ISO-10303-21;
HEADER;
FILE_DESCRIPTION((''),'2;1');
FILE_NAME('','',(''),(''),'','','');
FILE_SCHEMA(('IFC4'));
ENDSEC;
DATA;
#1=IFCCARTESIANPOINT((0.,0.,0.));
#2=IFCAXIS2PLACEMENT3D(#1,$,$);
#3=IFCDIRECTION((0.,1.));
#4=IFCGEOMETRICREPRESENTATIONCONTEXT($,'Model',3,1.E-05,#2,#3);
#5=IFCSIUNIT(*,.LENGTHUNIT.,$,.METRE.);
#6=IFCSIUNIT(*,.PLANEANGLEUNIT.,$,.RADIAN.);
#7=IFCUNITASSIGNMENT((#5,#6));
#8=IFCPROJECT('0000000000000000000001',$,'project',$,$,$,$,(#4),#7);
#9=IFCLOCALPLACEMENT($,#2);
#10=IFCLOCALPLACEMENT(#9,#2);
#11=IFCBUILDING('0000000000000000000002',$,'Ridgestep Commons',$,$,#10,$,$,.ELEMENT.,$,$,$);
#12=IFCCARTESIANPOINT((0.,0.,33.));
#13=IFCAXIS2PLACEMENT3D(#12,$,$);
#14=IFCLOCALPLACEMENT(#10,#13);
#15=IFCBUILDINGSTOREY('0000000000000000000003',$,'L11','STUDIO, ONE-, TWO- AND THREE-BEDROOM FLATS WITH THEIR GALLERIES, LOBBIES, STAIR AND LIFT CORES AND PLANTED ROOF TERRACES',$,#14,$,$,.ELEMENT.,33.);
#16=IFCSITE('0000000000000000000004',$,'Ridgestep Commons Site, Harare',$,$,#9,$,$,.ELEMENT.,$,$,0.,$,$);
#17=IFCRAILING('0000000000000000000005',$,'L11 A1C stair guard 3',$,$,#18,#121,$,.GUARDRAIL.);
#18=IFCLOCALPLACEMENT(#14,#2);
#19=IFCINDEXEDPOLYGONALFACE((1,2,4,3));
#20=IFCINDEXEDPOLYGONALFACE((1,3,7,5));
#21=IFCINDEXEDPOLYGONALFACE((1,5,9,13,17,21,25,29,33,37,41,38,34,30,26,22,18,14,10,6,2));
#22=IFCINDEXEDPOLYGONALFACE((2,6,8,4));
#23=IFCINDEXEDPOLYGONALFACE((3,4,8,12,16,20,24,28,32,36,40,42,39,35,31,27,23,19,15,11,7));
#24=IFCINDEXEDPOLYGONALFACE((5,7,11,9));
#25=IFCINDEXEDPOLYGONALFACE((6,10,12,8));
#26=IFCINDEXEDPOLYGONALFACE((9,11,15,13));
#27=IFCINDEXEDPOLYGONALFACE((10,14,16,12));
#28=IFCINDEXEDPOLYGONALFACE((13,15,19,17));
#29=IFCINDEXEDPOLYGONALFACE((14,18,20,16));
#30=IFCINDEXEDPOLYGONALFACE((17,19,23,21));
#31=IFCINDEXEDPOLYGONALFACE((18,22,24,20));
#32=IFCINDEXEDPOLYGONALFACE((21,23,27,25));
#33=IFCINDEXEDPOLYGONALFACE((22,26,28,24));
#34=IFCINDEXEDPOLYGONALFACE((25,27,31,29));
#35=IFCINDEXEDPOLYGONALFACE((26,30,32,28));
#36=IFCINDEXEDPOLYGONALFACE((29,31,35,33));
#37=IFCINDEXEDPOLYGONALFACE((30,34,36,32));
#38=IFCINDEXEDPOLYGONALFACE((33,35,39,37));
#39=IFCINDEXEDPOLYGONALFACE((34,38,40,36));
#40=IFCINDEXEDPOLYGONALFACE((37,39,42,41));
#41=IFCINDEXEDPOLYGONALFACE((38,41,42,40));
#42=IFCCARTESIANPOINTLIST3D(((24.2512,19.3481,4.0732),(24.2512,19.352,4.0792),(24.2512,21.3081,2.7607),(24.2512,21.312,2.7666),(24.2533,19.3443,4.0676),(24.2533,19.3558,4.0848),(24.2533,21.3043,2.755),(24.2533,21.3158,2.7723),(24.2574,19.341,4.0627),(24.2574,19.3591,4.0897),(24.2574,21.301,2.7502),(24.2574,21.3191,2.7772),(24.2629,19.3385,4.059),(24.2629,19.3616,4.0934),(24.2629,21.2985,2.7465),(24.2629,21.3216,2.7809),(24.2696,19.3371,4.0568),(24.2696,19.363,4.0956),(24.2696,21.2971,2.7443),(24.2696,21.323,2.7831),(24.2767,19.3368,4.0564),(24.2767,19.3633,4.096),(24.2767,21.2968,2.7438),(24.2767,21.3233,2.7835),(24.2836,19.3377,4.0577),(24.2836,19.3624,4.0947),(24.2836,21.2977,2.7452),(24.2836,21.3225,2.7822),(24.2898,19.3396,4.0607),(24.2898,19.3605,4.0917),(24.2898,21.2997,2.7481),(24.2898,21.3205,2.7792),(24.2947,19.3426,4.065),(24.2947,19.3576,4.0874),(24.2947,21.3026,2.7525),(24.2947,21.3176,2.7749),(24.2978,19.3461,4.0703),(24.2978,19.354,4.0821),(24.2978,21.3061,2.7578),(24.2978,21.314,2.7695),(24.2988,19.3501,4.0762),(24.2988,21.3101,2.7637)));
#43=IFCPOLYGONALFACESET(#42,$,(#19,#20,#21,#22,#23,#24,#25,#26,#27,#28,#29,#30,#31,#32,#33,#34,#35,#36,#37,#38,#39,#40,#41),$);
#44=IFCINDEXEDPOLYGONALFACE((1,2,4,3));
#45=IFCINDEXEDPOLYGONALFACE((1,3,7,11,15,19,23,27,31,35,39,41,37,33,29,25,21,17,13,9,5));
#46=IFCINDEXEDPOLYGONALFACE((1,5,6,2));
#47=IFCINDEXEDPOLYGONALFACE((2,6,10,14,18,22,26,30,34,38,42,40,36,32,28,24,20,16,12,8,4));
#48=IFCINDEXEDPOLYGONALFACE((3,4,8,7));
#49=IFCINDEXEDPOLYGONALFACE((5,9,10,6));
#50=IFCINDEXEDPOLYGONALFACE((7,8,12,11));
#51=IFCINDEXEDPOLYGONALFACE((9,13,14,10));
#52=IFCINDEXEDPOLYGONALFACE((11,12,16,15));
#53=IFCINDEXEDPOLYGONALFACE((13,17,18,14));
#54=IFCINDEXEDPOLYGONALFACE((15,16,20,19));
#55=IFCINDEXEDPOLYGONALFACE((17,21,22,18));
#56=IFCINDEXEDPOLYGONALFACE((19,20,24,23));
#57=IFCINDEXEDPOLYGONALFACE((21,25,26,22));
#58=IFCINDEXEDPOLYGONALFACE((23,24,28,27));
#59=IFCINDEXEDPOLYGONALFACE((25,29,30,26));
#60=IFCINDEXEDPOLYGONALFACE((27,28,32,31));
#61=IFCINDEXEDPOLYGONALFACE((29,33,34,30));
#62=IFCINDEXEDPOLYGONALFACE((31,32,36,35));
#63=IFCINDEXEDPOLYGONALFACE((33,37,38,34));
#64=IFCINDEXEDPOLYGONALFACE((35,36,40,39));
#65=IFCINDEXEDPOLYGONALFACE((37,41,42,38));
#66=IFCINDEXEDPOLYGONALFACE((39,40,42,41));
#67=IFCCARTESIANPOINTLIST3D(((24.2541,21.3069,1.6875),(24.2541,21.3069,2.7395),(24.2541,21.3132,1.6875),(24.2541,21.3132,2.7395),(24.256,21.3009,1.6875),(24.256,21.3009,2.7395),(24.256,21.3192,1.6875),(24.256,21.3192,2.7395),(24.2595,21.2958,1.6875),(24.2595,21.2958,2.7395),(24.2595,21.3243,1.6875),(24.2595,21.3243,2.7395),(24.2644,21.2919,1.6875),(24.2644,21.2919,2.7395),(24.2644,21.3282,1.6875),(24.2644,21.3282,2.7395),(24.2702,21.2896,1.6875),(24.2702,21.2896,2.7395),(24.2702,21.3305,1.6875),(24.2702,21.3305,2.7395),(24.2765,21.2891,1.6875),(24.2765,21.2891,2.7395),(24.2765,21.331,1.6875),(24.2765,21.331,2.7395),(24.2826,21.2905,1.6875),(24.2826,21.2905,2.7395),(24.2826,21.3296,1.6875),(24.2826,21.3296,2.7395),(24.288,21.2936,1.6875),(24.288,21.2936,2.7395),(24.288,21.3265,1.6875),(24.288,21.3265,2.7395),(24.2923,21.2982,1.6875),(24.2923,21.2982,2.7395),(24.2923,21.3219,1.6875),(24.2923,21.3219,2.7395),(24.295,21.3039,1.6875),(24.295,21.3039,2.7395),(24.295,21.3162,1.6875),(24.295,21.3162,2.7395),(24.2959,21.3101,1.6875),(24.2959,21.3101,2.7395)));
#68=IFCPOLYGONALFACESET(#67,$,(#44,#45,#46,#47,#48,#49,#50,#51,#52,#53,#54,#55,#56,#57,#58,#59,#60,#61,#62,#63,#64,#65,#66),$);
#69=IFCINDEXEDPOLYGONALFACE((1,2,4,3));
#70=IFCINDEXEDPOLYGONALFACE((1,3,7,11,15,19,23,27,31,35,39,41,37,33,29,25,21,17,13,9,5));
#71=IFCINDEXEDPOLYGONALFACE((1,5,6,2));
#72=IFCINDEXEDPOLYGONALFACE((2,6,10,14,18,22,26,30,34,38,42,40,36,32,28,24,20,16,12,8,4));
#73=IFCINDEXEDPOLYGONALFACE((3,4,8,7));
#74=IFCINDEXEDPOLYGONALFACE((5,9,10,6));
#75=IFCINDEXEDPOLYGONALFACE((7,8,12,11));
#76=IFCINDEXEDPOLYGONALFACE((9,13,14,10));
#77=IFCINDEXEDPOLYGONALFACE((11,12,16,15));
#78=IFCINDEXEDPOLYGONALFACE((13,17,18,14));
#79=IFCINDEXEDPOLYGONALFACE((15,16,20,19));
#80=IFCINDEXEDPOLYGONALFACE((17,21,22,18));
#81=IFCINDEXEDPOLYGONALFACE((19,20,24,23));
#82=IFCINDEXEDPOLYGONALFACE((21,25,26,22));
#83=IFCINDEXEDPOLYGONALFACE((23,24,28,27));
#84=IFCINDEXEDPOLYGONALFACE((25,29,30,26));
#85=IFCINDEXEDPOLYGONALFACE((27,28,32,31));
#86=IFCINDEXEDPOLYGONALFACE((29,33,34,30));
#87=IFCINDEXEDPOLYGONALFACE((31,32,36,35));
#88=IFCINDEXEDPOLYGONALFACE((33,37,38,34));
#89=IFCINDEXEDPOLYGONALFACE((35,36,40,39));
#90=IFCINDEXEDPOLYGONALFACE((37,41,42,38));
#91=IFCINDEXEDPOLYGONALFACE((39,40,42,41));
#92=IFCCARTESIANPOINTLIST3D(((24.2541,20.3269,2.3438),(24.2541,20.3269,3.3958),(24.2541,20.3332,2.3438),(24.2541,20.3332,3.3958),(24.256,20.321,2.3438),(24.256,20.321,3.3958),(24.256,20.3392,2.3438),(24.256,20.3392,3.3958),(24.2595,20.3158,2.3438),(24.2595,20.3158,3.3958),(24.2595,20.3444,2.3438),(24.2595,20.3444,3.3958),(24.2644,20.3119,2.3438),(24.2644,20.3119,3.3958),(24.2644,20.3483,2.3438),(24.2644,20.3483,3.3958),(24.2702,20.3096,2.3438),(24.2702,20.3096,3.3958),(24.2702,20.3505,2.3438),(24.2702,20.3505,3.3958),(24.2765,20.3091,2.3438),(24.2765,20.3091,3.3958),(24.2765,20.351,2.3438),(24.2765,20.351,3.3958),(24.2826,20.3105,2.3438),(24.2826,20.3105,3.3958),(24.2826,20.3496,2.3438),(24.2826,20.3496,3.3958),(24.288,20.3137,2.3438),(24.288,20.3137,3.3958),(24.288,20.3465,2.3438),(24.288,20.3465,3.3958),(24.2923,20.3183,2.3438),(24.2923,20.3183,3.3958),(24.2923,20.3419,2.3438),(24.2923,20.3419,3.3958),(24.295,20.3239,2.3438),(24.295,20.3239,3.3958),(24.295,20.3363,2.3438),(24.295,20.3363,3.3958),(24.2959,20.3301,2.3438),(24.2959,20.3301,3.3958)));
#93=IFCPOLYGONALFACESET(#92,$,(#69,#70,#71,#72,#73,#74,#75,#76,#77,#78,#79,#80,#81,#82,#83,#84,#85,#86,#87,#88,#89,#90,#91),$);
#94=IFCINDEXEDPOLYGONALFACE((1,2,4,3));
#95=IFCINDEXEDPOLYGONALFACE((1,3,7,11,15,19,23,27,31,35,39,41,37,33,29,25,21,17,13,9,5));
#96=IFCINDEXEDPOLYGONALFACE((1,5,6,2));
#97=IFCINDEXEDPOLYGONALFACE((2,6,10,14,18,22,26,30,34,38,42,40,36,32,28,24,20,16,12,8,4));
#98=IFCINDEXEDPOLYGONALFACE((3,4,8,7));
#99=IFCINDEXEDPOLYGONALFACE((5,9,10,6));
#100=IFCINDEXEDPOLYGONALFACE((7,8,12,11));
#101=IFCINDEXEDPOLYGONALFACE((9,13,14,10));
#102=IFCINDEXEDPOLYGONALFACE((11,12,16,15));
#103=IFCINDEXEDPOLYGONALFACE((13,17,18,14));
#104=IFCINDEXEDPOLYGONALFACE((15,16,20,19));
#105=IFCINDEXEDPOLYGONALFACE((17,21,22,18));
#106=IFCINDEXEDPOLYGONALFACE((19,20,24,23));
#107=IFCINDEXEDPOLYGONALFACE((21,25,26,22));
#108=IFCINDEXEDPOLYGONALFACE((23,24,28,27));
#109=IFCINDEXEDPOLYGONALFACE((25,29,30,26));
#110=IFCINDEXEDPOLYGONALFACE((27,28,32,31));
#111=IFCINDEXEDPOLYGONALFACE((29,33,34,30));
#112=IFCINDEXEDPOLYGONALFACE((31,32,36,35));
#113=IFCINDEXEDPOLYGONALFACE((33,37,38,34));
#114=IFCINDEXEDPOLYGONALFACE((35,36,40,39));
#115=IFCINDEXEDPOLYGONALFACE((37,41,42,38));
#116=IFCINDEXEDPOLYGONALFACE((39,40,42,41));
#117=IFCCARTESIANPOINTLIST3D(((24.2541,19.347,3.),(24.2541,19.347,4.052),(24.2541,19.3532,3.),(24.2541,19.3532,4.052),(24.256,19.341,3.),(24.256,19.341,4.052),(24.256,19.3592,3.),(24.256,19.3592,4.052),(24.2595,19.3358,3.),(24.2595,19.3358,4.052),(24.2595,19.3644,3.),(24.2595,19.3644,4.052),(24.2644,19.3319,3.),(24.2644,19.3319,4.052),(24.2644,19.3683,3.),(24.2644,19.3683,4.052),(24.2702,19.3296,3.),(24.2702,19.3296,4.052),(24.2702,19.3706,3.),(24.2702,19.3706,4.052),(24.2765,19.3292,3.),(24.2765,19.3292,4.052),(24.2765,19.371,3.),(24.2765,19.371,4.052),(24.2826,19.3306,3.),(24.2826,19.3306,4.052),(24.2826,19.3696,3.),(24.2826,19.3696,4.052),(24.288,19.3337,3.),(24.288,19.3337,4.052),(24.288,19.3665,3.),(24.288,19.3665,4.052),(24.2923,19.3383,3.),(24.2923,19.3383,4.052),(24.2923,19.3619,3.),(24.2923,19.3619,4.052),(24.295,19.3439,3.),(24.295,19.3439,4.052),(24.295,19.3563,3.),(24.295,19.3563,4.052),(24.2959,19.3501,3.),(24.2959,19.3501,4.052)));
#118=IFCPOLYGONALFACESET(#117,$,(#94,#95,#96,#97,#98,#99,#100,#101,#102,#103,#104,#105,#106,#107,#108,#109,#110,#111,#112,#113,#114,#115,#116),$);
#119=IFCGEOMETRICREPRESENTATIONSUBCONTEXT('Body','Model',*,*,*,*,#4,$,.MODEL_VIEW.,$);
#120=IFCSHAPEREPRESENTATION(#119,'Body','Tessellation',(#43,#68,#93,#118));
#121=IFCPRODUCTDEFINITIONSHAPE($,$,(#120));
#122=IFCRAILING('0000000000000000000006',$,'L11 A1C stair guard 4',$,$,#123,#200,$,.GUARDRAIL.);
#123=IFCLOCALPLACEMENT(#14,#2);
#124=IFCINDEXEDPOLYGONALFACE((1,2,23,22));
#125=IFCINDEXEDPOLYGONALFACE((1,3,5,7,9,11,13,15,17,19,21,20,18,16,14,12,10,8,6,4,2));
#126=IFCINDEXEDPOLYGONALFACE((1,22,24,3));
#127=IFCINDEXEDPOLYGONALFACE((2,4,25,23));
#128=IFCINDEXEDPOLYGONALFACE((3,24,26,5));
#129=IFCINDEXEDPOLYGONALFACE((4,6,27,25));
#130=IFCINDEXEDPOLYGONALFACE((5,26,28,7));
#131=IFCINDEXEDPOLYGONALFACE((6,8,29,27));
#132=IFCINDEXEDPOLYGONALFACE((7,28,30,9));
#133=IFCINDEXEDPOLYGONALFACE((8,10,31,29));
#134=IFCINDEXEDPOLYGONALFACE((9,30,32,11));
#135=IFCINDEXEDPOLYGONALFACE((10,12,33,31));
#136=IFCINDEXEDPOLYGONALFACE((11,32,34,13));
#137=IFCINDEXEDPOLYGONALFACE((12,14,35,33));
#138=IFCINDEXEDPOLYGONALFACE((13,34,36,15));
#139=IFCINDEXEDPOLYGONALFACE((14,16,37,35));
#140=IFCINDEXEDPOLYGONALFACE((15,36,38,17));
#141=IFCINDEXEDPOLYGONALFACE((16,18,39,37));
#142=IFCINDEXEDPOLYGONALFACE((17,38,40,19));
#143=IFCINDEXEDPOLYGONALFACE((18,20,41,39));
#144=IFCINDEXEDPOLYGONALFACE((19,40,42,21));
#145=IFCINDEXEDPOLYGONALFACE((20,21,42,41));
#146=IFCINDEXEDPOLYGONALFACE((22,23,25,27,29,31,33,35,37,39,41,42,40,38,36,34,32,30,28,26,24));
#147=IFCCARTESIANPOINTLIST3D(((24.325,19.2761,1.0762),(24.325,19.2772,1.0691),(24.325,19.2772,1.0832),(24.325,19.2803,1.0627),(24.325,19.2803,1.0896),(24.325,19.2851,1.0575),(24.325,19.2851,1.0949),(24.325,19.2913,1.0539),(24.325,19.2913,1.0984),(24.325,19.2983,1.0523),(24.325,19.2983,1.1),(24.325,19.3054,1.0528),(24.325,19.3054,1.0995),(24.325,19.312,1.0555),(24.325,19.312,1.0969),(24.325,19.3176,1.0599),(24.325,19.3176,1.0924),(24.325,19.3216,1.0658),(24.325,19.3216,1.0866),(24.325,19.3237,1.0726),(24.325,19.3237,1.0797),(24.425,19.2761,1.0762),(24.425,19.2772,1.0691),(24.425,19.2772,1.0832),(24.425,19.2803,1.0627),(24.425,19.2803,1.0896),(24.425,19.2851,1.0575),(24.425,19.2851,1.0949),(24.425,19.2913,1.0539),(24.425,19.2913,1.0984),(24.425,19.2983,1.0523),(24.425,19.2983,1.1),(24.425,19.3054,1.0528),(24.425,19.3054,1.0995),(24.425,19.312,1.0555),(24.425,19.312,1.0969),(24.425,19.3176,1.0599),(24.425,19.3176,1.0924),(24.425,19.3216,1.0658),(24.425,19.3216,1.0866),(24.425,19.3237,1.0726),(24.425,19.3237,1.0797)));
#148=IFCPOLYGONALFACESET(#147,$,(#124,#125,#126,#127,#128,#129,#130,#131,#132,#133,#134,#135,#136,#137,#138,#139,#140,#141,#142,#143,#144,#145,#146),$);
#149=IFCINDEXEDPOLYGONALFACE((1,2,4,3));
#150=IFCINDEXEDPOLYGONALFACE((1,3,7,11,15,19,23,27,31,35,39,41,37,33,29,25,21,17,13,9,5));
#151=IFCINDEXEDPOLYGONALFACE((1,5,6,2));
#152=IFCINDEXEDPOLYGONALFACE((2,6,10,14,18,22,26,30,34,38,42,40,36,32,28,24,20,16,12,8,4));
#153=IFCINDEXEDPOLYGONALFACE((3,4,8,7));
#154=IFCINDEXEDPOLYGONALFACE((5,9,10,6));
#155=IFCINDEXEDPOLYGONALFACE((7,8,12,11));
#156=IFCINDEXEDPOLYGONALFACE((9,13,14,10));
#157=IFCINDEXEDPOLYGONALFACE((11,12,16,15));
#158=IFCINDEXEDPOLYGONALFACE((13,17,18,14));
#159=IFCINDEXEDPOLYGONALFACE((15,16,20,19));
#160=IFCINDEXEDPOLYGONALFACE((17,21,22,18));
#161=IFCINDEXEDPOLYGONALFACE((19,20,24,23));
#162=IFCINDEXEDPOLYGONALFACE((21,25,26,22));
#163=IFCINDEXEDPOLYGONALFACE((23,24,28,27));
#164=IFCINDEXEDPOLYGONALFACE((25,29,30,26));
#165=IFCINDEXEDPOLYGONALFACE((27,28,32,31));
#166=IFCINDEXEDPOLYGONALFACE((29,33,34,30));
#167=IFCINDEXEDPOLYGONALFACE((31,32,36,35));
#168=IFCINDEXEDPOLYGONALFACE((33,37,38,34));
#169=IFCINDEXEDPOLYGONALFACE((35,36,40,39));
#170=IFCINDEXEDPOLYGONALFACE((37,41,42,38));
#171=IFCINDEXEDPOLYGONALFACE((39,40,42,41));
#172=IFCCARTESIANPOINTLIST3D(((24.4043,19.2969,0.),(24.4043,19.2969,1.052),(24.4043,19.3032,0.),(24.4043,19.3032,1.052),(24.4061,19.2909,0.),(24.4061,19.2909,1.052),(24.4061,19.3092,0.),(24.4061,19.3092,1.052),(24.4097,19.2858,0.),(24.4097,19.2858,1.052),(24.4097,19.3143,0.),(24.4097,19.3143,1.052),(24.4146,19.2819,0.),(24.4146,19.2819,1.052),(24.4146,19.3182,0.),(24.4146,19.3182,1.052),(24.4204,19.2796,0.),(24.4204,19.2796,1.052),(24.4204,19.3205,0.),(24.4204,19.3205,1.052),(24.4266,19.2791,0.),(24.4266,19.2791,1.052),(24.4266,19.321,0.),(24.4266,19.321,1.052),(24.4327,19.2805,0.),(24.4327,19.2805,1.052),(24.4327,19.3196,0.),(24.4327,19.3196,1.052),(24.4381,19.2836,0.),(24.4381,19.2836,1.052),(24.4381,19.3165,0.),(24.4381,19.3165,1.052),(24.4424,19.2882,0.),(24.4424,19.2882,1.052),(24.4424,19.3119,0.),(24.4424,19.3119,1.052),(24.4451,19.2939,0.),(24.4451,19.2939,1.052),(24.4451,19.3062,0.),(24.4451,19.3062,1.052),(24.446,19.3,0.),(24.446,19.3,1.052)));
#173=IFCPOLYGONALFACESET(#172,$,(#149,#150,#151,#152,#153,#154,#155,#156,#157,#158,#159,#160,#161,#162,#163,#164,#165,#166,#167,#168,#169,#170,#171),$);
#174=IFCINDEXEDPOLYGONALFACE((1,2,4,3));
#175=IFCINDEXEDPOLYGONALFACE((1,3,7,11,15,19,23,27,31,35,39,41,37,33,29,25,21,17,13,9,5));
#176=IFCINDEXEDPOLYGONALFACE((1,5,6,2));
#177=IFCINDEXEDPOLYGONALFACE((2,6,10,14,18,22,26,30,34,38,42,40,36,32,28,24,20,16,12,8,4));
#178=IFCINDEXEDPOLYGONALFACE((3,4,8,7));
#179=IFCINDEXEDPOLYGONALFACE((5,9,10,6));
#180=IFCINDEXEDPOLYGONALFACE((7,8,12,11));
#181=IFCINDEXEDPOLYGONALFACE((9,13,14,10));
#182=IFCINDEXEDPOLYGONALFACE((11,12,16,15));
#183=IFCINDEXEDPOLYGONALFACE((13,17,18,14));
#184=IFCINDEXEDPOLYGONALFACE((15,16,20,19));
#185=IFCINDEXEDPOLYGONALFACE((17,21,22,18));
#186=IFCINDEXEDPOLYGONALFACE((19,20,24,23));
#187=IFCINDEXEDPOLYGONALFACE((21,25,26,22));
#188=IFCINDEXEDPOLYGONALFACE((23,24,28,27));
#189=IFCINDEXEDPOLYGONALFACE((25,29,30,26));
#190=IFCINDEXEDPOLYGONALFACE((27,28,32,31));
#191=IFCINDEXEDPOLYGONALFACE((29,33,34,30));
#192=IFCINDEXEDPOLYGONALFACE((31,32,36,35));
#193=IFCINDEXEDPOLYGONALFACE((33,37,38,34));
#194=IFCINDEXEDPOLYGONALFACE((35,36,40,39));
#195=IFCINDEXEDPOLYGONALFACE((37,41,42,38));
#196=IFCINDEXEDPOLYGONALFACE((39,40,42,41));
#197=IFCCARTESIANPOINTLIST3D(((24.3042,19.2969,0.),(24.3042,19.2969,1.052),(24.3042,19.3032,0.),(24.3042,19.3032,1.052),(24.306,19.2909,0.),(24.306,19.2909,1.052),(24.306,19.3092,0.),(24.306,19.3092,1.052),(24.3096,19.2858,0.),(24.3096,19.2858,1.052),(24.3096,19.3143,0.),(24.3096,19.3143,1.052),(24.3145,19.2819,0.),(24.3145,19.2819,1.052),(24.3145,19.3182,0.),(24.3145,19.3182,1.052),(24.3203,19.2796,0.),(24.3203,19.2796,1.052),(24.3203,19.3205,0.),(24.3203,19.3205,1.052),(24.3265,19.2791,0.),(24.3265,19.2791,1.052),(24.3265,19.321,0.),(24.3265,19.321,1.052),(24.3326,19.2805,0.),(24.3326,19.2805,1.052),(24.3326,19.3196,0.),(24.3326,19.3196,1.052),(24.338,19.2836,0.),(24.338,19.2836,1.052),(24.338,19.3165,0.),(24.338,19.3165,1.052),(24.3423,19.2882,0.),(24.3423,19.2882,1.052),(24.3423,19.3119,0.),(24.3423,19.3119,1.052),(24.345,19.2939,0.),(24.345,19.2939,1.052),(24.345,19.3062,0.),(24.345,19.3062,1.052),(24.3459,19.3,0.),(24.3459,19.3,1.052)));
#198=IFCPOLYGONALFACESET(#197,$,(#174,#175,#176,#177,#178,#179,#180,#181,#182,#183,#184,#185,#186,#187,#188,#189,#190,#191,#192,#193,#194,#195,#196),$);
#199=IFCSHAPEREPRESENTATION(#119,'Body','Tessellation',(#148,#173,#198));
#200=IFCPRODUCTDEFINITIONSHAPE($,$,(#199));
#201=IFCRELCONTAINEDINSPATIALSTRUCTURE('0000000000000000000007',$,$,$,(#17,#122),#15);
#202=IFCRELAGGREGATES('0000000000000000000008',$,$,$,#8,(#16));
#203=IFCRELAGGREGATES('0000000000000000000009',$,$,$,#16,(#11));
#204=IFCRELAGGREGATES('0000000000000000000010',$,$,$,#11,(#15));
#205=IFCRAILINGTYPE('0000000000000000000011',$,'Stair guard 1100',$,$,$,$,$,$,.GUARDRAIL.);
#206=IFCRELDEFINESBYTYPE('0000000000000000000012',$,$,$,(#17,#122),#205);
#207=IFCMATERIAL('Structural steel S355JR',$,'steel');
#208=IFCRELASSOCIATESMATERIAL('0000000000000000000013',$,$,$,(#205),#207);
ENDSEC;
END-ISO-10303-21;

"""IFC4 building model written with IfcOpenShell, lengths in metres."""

from ifc_helpers import new_model, si_unit, direction, frame, origin, origin_2d, place, context, subcontext, project, spatial, circle, extrude, material, type_object, element, save


model = new_model("IFC4")

# Units and contexts
model_context = context("Model", 3, precision=1e-05, world=origin(), true_north=direction((0.0, 1.0)))
body_context = subcontext(model_context, "Body", "Model", "MODEL_VIEW")
ifc_project = project(units=[si_unit("LENGTHUNIT", "METRE"), si_unit("PLANEANGLEUNIT", "RADIAN")], contexts=[model_context])

# Site, building, storey
site_placement = place(None, origin())
site = spatial("IfcSite", under=ifc_project, at=site_placement, Name="Ridgestep Commons Site, Harare", CompositionType="ELEMENT", RefElevation=0.0)
building_placement = place(site_placement, origin())
building = spatial("IfcBuilding", under=site, at=building_placement, Name="Ridgestep Commons", CompositionType="ELEMENT")
storey_placement = place(building_placement, frame((0.0, 0.0, 33.0)))
storey = spatial("IfcBuildingStorey", under=building, at=storey_placement, Name="L11", Description="STUDIO, ONE-, TWO- AND THREE-BEDROOM FLATS WITH THEIR GALLERIES, LOBBIES, STAIR AND LIFT CORES AND PLANTED ROOF TERRACES", CompositionType="ELEMENT", Elevation=33.0)

# Railings
ifc_material_1 = material(Name="Structural steel S355JR", Category="steel")
railing_type_1 = type_object("IfcRailingType", Name="Stair guard 1100", PredefinedType="GUARDRAIL", material=ifc_material_1)
railing_1_placement = place(storey_placement, frame((24.2749, 21.3101, 1.6875)))
element("IfcRailing", 1, at=railing_1_placement, inside=storey, type_object=railing_type_1, Name="L11 A1C stair guard 3", PredefinedType="GUARDRAIL", context=body_context, shape_type="SweptSolid", body=[
    extrude(circle(Radius=0.0239, at=origin_2d()), frame((0.0, 0.0, 1.0762), z_axis=(0.0, -0.830902, 0.556419), x_axis=(1.0, 0.0, 0.0)), (0.0, 0.0, 1.0), 2.3589),
    extrude(circle(Radius=0.021, at=origin_2d()), origin(), (0.0, 0.0, 1.0), 1.052),
    extrude(circle(Radius=0.021, at=origin_2d()), frame((0.0, -0.98, 0.6562)), (0.0, 0.0, 1.0), 1.052),
    extrude(circle(Radius=0.021, at=origin_2d()), frame((0.0, -1.96, 1.3125)), (0.0, 0.0, 1.0), 1.052),
])
railing_2_placement = place(storey_placement, frame((24.425, 19.3, 0.0)))
element("IfcRailing", 2, at=railing_2_placement, inside=storey, type_object=railing_type_1, Name="L11 A1C stair guard 4", PredefinedType="GUARDRAIL", context=body_context, shape_type="SweptSolid", body=[
    extrude(circle(Radius=0.0239, at=origin_2d()), frame((0.0, 0.0, 1.0762), z_axis=(-1.0, 0.0, 0.0), x_axis=(0.0, -1.0, 0.0)), (0.0, 0.0, 1.0), 0.1001),
    extrude(circle(Radius=0.021, at=origin_2d()), origin(), (0.0, 0.0, 1.0), 1.052),
    extrude(circle(Radius=0.021, at=origin_2d()), frame((-0.1001, 0.0, 0.0)), (0.0, 0.0, 1.0), 1.052),
])

save(model, "model.ifc")
